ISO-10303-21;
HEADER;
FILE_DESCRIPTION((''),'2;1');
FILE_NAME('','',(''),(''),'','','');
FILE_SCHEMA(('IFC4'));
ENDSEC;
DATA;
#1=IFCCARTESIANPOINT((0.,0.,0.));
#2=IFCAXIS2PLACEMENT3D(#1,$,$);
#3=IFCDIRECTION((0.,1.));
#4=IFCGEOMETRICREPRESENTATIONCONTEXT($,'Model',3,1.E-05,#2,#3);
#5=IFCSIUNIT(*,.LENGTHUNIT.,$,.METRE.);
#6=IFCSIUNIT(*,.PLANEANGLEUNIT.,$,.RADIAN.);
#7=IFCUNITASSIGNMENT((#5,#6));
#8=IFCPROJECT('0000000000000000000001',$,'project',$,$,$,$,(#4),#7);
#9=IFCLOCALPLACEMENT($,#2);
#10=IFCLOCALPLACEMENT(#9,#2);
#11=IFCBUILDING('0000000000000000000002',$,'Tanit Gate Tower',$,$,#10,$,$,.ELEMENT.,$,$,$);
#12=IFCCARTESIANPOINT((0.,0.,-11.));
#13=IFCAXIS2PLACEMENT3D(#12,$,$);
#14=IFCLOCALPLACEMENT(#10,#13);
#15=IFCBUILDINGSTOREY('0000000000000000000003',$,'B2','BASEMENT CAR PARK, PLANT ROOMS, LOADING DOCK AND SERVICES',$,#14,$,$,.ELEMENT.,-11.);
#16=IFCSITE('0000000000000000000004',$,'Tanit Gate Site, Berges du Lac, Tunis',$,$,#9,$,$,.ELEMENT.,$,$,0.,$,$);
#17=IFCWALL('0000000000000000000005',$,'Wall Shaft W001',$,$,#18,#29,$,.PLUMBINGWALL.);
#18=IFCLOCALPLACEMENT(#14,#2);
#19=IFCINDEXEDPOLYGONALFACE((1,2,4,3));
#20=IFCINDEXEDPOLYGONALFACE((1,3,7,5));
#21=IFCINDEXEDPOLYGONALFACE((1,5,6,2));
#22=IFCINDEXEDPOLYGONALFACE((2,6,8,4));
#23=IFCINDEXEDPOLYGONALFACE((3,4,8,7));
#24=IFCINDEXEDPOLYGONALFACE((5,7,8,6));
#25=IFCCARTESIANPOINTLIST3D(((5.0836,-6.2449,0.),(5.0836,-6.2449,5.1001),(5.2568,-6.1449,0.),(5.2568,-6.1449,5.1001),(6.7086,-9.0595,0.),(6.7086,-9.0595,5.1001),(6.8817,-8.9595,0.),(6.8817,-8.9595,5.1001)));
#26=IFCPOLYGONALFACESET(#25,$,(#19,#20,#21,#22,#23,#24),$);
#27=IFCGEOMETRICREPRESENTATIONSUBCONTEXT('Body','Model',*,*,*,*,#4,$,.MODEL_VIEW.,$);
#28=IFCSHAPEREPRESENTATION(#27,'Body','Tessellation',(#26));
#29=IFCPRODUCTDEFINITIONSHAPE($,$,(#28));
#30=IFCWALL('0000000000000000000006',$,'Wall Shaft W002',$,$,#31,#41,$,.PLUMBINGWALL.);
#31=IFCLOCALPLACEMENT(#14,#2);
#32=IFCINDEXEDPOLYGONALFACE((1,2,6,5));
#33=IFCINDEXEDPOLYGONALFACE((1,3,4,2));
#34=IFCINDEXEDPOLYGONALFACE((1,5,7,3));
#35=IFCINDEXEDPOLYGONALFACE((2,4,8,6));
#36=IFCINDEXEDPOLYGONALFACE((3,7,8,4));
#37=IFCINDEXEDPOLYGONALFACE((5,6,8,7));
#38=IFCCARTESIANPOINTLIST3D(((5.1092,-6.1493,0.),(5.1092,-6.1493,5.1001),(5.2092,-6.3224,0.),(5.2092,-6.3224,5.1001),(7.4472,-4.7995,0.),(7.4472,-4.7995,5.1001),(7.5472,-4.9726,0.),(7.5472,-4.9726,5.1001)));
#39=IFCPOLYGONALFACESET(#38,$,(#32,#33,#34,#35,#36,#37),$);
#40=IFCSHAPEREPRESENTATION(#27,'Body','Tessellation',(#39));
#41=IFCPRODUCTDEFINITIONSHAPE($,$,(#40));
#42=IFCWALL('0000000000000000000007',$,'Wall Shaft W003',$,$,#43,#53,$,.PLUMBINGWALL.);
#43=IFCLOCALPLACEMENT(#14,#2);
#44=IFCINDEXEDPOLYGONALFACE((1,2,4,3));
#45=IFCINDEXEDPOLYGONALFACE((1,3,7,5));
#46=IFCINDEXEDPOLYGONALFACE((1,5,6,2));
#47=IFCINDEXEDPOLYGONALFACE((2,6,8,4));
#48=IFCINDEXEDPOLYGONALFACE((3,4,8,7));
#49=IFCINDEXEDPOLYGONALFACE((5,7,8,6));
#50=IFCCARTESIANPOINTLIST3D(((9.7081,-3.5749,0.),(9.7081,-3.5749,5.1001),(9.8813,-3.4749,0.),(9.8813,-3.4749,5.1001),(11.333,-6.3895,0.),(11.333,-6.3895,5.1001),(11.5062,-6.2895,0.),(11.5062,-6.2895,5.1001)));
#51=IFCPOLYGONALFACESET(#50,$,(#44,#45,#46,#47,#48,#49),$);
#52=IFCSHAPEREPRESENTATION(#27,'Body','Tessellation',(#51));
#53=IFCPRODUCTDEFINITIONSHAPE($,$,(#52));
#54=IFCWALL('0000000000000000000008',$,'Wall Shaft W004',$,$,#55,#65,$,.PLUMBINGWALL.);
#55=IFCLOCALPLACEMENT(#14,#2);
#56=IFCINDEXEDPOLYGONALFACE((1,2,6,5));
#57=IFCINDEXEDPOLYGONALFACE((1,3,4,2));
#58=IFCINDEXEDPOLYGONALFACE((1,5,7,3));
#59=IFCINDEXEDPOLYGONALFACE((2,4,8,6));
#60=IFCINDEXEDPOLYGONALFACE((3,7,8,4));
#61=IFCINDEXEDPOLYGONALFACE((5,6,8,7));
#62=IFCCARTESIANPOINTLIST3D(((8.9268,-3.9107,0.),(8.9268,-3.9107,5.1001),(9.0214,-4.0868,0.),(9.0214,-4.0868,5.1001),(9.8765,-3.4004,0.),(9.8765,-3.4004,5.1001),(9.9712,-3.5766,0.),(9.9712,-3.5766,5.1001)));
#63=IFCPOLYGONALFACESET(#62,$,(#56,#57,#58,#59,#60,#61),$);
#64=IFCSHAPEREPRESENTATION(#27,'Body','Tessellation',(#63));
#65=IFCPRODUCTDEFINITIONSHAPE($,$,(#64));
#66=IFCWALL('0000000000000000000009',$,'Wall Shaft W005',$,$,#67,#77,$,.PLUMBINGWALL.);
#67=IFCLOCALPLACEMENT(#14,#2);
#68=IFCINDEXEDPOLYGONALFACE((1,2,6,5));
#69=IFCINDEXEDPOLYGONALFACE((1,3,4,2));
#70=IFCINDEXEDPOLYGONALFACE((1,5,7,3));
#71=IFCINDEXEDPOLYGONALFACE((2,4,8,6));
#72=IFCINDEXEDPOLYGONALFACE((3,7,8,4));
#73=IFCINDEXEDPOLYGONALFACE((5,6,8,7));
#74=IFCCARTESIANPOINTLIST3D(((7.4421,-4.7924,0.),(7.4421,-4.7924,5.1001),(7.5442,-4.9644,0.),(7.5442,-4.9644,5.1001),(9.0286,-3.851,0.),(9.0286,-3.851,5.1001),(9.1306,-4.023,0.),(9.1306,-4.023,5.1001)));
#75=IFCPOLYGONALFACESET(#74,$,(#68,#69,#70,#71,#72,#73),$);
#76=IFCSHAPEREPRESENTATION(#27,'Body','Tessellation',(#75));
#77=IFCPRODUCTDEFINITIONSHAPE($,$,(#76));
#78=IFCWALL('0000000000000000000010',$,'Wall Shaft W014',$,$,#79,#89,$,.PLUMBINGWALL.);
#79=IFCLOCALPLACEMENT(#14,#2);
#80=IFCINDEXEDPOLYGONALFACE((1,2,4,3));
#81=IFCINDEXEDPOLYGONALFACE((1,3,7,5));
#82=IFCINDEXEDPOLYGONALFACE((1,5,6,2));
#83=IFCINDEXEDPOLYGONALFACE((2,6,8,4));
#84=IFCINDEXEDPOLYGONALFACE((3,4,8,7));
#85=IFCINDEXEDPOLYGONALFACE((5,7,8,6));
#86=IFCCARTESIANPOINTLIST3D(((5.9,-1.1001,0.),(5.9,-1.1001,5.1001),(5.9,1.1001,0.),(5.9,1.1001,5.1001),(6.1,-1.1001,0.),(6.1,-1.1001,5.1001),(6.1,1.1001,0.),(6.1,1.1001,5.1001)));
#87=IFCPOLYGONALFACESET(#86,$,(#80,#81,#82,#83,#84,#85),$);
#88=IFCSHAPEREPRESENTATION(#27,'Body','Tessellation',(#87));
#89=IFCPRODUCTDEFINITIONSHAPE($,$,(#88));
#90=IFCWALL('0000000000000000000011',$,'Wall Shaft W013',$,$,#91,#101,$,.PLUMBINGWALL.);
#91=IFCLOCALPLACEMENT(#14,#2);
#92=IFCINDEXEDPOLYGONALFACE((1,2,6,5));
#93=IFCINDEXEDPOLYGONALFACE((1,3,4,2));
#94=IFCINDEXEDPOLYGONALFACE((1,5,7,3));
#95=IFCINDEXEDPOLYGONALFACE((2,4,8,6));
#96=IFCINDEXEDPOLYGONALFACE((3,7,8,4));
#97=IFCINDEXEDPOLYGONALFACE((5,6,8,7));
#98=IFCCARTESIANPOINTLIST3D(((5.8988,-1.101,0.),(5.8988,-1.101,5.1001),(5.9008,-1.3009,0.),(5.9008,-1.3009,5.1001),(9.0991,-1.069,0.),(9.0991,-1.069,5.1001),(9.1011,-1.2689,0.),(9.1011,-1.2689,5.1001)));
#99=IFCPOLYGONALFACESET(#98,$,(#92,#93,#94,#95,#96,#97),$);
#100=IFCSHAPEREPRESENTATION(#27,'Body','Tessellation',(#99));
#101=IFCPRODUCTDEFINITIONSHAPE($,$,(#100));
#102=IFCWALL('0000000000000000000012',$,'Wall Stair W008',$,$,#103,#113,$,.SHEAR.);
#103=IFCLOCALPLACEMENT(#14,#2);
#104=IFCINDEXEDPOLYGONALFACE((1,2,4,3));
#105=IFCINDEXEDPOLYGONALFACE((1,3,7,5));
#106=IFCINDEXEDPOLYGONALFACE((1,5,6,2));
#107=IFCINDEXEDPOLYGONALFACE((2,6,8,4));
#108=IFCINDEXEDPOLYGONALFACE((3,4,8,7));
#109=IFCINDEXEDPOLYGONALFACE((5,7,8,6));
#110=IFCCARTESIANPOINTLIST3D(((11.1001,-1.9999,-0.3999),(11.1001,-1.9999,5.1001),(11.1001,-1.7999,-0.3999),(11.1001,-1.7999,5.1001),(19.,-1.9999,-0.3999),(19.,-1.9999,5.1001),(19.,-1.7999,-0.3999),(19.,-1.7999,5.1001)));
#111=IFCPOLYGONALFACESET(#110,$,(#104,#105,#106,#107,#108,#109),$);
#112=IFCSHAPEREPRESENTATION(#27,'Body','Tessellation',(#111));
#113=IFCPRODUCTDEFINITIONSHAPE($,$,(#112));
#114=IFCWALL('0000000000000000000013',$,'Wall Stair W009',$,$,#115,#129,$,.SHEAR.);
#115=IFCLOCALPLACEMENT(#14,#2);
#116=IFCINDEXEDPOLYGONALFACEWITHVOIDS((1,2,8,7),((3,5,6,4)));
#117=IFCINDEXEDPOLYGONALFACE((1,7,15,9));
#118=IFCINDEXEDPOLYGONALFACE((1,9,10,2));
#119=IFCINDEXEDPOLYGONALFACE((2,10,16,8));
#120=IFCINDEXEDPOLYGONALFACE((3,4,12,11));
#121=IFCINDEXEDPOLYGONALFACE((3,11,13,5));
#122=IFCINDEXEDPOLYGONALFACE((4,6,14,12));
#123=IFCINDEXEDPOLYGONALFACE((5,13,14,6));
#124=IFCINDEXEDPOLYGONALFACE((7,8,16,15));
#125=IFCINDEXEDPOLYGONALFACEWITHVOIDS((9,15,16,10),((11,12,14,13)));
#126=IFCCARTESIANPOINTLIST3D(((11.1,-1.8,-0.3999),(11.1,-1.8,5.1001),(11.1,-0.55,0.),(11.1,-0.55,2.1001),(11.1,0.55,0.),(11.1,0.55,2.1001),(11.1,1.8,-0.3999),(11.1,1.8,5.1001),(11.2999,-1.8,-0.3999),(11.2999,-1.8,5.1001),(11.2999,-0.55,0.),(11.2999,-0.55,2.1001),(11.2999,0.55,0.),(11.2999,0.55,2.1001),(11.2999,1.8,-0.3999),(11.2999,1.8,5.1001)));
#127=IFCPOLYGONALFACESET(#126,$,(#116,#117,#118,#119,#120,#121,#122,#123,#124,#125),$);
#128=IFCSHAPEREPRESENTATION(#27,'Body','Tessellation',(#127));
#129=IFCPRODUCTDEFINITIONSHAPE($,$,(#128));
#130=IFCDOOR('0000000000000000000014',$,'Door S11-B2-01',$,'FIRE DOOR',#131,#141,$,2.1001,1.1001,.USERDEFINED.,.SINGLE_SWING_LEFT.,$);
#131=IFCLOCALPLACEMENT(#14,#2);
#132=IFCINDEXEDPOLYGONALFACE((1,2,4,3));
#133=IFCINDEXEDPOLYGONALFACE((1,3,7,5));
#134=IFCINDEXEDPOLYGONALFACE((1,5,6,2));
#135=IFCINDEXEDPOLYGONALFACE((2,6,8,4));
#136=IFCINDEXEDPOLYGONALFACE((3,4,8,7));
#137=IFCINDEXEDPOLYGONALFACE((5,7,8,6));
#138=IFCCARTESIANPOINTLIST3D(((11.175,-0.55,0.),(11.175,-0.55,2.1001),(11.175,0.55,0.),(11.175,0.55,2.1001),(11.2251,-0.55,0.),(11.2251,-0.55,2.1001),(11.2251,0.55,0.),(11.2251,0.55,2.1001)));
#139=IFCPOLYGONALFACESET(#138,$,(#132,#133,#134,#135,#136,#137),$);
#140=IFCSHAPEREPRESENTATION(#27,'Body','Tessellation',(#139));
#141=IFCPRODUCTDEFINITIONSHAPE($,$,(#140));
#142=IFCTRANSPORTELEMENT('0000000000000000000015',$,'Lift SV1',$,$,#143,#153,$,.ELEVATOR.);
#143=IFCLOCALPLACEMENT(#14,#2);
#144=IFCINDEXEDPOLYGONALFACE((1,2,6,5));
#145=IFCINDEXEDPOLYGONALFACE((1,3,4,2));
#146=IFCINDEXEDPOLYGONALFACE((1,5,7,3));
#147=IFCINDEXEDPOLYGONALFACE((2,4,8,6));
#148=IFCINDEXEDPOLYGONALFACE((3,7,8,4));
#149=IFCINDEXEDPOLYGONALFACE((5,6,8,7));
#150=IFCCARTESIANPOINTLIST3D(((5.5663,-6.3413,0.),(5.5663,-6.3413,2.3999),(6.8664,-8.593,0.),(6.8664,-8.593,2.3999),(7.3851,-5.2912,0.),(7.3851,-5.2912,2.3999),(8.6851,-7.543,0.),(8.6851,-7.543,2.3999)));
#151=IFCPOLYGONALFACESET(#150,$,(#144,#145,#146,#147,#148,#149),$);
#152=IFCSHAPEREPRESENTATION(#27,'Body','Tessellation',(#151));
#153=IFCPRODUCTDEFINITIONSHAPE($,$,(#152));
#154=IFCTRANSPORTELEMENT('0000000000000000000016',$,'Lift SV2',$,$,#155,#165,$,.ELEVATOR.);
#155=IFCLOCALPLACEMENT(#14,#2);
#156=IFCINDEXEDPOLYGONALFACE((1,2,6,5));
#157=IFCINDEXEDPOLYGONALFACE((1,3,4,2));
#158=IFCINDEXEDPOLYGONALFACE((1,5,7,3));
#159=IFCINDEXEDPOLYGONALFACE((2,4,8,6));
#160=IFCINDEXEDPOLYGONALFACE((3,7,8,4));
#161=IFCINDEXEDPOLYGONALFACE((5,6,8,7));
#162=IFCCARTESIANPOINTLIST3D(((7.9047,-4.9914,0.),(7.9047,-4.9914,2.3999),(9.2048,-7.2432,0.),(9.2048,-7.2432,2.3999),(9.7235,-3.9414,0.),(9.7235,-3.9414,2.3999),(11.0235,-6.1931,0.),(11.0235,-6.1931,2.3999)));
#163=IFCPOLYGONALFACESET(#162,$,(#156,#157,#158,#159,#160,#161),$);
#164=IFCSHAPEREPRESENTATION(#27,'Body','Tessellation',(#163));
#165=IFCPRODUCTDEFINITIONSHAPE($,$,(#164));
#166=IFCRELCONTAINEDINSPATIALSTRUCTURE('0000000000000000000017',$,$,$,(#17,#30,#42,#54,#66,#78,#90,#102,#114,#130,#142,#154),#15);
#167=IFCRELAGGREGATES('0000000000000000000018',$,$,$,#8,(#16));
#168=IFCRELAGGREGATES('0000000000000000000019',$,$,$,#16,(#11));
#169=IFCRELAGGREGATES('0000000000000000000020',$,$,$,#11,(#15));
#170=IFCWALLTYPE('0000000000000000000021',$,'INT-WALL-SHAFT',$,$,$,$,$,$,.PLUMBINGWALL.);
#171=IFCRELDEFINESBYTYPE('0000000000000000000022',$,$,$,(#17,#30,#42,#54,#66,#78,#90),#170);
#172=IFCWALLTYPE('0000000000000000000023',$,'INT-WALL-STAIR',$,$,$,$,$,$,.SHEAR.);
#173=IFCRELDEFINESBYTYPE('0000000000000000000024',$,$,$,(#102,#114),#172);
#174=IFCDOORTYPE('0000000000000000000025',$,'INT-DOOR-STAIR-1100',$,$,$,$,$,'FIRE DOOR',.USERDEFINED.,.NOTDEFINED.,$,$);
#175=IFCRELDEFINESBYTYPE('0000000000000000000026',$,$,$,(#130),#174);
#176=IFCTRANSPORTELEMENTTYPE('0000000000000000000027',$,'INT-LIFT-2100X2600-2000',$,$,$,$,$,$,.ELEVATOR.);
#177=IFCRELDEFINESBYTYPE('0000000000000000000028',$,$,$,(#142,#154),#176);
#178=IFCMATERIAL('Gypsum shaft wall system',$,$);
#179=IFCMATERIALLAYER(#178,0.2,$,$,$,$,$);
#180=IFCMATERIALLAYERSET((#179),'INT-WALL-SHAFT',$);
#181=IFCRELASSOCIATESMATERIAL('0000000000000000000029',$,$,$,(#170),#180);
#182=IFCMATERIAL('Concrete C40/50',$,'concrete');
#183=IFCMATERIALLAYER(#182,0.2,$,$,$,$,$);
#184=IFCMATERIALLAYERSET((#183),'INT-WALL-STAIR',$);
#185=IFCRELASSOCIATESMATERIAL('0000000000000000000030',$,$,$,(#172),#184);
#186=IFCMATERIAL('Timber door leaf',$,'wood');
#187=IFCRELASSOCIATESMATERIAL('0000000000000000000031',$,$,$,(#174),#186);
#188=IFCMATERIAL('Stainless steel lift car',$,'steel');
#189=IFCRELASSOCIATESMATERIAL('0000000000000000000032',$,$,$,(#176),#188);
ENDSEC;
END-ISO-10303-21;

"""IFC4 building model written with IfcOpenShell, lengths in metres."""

from ifc_helpers import new_model, si_unit, direction, frame, frame_2d, origin, origin_2d, place, context, subcontext, project, spatial, rectangle, extrude, material, layer, layer_set, type_object, element, fill, save


model = new_model("IFC4")

# Units and contexts
model_context = context("Model", 3, precision=1e-05, world=origin(), true_north=direction((0.0, 1.0)))
body_context = subcontext(model_context, "Body", "Model", "MODEL_VIEW")
ifc_project = project(units=[si_unit("LENGTHUNIT", "METRE"), si_unit("PLANEANGLEUNIT", "RADIAN")], contexts=[model_context])

# Site, building, storey
site_placement = place(None, origin())
site = spatial("IfcSite", under=ifc_project, at=site_placement, Name="Tanit Gate Site, Berges du Lac, Tunis", CompositionType="ELEMENT", RefElevation=0.0)
building_placement = place(site_placement, origin())
building = spatial("IfcBuilding", under=site, at=building_placement, Name="Tanit Gate Tower", CompositionType="ELEMENT")
storey_placement = place(building_placement, frame((0.0, 0.0, -11.0)))
storey = spatial("IfcBuildingStorey", under=building, at=storey_placement, Name="B2", Description="BASEMENT CAR PARK, PLANT ROOMS, LOADING DOCK AND SERVICES", CompositionType="ELEMENT", Elevation=-11.0)

# Walls
ifc_material_1 = material(Name="Gypsum shaft wall system")
ifc_layer_1 = layer(ifc_material_1, 0.2)
ifc_layer_set_1 = layer_set([ifc_layer_1], Name="INT-WALL-SHAFT")
wall_type_1 = type_object("IfcWallType", Name="INT-WALL-SHAFT", PredefinedType="PLUMBINGWALL", material=ifc_layer_set_1)
wall_1_placement = place(storey_placement, frame((6.7952, -9.0095, 0.0), z_axis=(0.0, 0.0, 1.0), x_axis=(-0.499985, 0.866034, 0.0)))
element("IfcWall", 1, at=wall_1_placement, inside=storey, type_object=wall_type_1, Name="Wall Shaft W001", PredefinedType="PLUMBINGWALL", context=body_context, shape_type="SweptSolid", body=[
    extrude(rectangle(XDim=3.25, YDim=0.2, at=frame_2d((1.625, 0.0))), origin(), (0.0, 0.0, 1.0), 5.1001),
])
wall_2_placement = place(storey_placement, frame((5.1592, -6.2358, 0.0), z_axis=(0.0, 0.0, 1.0), x_axis=(0.866037, 0.499981, 0.0)))
element("IfcWall", 2, at=wall_2_placement, inside=storey, type_object=wall_type_1, Name="Wall Shaft W002", PredefinedType="PLUMBINGWALL", context=body_context, shape_type="SweptSolid", body=[
    extrude(rectangle(XDim=2.6997, YDim=0.2, at=frame_2d((1.3499, 0.0))), origin(), (0.0, 0.0, 1.0), 5.1001),
])
wall_3_placement = place(storey_placement, frame((9.7947, -3.5249, 0.0), z_axis=(0.0, 0.0, 1.0), x_axis=(0.499985, -0.866034, 0.0)))
element("IfcWall", 3, at=wall_3_placement, inside=storey, type_object=wall_type_1, Name="Wall Shaft W003", PredefinedType="PLUMBINGWALL", context=body_context, shape_type="SweptSolid", body=[
    extrude(rectangle(XDim=3.25, YDim=0.2, at=frame_2d((1.625, 0.0))), origin(), (0.0, 0.0, 1.0), 5.1001),
])
wall_4_placement = place(storey_placement, frame((8.9741, -3.9988, 0.0), z_axis=(0.0, 0.0, 1.0), x_axis=(0.880907, 0.473289, 0.0)))
element("IfcWall", 4, at=wall_4_placement, inside=storey, type_object=wall_type_1, Name="Wall Shaft W004", PredefinedType="PLUMBINGWALL", context=body_context, shape_type="SweptSolid", body=[
    extrude(rectangle(XDim=1.0781, YDim=0.2, at=frame_2d((0.5391, 0.0))), origin(), (0.0, 0.0, 1.0), 5.1001),
])
wall_5_placement = place(storey_placement, frame((7.4932, -4.8784, 0.0), z_axis=(0.0, 0.0, 1.0), x_axis=(0.859982, 0.510325, 0.0)))
element("IfcWall", 5, at=wall_5_placement, inside=storey, type_object=wall_type_1, Name="Wall Shaft W005", PredefinedType="PLUMBINGWALL", context=body_context, shape_type="SweptSolid", body=[
    extrude(rectangle(XDim=1.8447, YDim=0.2, at=frame_2d((0.9224, 0.0))), origin(), (0.0, 0.0, 1.0), 5.1001),
])
wall_6_placement = place(storey_placement, frame((6.0, -1.1001, 0.0), z_axis=(0.0, 0.0, 1.0), x_axis=(0.0, 1.0, 0.0)))
element("IfcWall", 6, at=wall_6_placement, inside=storey, type_object=wall_type_1, Name="Wall Shaft W014", PredefinedType="PLUMBINGWALL", context=body_context, shape_type="SweptSolid", body=[
    extrude(rectangle(XDim=2.2002, YDim=0.2, at=frame_2d((1.1001, 0.0))), origin(), (0.0, 0.0, 1.0), 5.1001),
])
wall_7_placement = place(storey_placement, frame((5.8999, -1.2009, 0.0), z_axis=(0.0, 0.0, 1.0), x_axis=(0.99995, 0.009993, 0.0)))
element("IfcWall", 7, at=wall_7_placement, inside=storey, type_object=wall_type_1, Name="Wall Shaft W013", PredefinedType="PLUMBINGWALL", context=body_context, shape_type="SweptSolid", body=[
    extrude(rectangle(XDim=3.2004, YDim=0.2, at=frame_2d((1.6001, 0.0))), origin(), (0.0, 0.0, 1.0), 5.1001),
])
ifc_material_2 = material(Name="Concrete C40/50", Category="concrete")
ifc_layer_2 = layer(ifc_material_2, 0.2)
ifc_layer_set_2 = layer_set([ifc_layer_2], Name="INT-WALL-STAIR")
wall_type_2 = type_object("IfcWallType", Name="INT-WALL-STAIR", PredefinedType="SHEAR", material=ifc_layer_set_2)
wall_8_placement = place(storey_placement, frame((11.1001, -1.8999, -0.3999), z_axis=(0.0, 0.0, 1.0), x_axis=(1.0, 0.0, 0.0)))
element("IfcWall", 8, at=wall_8_placement, inside=storey, type_object=wall_type_2, Name="Wall Stair W008", PredefinedType="SHEAR", context=body_context, shape_type="SweptSolid", body=[
    extrude(rectangle(XDim=7.8999, YDim=0.2, at=frame_2d((3.95, 0.0))), origin(), (0.0, 0.0, 1.0), 5.5),
])

# Wall, opening, door
wall_9_placement = place(storey_placement, frame((11.2, -1.8, -0.3999), z_axis=(0.0, 0.0, 1.0), x_axis=(0.0, 1.0, 0.0)))
wall_9 = element("IfcWall", 9, at=wall_9_placement, inside=storey, type_object=wall_type_2, Name="Wall Stair W009", PredefinedType="SHEAR", context=body_context, shape_type="SweptSolid", body=[
    extrude(rectangle(XDim=3.6001, YDim=0.2, at=frame_2d((1.8, 0.0))), origin(), (0.0, 0.0, 1.0), 5.5),
])
opening_1_placement = place(wall_9_placement, frame((1.25, 0.0, 0.3999)))
opening_1 = element("IfcOpeningElement", 10, at=opening_1_placement, cuts=wall_9, PredefinedType="OPENING", context=body_context, shape_type="SweptSolid", body=[
    extrude(rectangle(XDim=1.1001, YDim=2.1001, at=frame_2d((0.55, 1.05))), frame((0.0, 0.1099, 0.0), z_axis=(0.0, -1.0, 0.0), x_axis=(1.0, 0.0, 0.0)), (0.0, 0.0, 1.0), 0.22),
])
ifc_material_3 = material(Name="Timber door leaf", Category="wood")
door_type_1 = type_object("IfcDoorType", Name="INT-DOOR-STAIR-1100", ElementType="FIRE DOOR", OperationType="NOTDEFINED", PredefinedType="USERDEFINED", material=ifc_material_3)
door_1_placement = place(opening_1_placement, origin())
door_1 = element("IfcDoor", 11, at=door_1_placement, inside=storey, type_object=door_type_1, Name="Door S11-B2-01", ObjectType="FIRE DOOR", OperationType="SINGLE_SWING_LEFT", OverallHeight=2.1001, OverallWidth=1.1001, PredefinedType="USERDEFINED", context=body_context, shape_type="SweptSolid", body=[
    extrude(rectangle(XDim=1.1001, YDim=2.1001, at=frame_2d((0.55, 1.05))), frame((0.0, 0.0249, 0.0), z_axis=(0.0, -1.0, 0.0), x_axis=(1.0, 0.0, 0.0)), (0.0, 0.0, 1.0), 0.05),
])
fill(opening_1, door_1)

# Transport elements
ifc_material_4 = material(Name="Stainless steel lift car", Category="steel")
transport_element_type = type_object("IfcTransportElementType", Name="INT-LIFT-2100X2600-2000", PredefinedType="ELEVATOR", material=ifc_material_4)
for number, where, z_axis, x_axis, name in (
    (12, (7.1257, -6.9421, 0.0), (0.0, 0.0, 1.0), (0.866025, 0.5, 0.0), "Lift SV1"),
    (13, (9.4641, -5.5923, 0.0), (0.0, 0.0, 1.0), (0.866025, 0.5, 0.0), "Lift SV2"),
):
    element("IfcTransportElement", number, at=place(storey_placement, frame(where, z_axis=z_axis, x_axis=x_axis)), inside=storey, type_object=transport_element_type, Name=name, PredefinedType="ELEVATOR", context=body_context, shape_type="SweptSolid", body=[
        extrude(rectangle(XDim=2.1001, YDim=2.6001, at=origin_2d()), origin(), (0.0, 0.0, 1.0), 2.3999),
    ])

save(model, "model.ifc")
